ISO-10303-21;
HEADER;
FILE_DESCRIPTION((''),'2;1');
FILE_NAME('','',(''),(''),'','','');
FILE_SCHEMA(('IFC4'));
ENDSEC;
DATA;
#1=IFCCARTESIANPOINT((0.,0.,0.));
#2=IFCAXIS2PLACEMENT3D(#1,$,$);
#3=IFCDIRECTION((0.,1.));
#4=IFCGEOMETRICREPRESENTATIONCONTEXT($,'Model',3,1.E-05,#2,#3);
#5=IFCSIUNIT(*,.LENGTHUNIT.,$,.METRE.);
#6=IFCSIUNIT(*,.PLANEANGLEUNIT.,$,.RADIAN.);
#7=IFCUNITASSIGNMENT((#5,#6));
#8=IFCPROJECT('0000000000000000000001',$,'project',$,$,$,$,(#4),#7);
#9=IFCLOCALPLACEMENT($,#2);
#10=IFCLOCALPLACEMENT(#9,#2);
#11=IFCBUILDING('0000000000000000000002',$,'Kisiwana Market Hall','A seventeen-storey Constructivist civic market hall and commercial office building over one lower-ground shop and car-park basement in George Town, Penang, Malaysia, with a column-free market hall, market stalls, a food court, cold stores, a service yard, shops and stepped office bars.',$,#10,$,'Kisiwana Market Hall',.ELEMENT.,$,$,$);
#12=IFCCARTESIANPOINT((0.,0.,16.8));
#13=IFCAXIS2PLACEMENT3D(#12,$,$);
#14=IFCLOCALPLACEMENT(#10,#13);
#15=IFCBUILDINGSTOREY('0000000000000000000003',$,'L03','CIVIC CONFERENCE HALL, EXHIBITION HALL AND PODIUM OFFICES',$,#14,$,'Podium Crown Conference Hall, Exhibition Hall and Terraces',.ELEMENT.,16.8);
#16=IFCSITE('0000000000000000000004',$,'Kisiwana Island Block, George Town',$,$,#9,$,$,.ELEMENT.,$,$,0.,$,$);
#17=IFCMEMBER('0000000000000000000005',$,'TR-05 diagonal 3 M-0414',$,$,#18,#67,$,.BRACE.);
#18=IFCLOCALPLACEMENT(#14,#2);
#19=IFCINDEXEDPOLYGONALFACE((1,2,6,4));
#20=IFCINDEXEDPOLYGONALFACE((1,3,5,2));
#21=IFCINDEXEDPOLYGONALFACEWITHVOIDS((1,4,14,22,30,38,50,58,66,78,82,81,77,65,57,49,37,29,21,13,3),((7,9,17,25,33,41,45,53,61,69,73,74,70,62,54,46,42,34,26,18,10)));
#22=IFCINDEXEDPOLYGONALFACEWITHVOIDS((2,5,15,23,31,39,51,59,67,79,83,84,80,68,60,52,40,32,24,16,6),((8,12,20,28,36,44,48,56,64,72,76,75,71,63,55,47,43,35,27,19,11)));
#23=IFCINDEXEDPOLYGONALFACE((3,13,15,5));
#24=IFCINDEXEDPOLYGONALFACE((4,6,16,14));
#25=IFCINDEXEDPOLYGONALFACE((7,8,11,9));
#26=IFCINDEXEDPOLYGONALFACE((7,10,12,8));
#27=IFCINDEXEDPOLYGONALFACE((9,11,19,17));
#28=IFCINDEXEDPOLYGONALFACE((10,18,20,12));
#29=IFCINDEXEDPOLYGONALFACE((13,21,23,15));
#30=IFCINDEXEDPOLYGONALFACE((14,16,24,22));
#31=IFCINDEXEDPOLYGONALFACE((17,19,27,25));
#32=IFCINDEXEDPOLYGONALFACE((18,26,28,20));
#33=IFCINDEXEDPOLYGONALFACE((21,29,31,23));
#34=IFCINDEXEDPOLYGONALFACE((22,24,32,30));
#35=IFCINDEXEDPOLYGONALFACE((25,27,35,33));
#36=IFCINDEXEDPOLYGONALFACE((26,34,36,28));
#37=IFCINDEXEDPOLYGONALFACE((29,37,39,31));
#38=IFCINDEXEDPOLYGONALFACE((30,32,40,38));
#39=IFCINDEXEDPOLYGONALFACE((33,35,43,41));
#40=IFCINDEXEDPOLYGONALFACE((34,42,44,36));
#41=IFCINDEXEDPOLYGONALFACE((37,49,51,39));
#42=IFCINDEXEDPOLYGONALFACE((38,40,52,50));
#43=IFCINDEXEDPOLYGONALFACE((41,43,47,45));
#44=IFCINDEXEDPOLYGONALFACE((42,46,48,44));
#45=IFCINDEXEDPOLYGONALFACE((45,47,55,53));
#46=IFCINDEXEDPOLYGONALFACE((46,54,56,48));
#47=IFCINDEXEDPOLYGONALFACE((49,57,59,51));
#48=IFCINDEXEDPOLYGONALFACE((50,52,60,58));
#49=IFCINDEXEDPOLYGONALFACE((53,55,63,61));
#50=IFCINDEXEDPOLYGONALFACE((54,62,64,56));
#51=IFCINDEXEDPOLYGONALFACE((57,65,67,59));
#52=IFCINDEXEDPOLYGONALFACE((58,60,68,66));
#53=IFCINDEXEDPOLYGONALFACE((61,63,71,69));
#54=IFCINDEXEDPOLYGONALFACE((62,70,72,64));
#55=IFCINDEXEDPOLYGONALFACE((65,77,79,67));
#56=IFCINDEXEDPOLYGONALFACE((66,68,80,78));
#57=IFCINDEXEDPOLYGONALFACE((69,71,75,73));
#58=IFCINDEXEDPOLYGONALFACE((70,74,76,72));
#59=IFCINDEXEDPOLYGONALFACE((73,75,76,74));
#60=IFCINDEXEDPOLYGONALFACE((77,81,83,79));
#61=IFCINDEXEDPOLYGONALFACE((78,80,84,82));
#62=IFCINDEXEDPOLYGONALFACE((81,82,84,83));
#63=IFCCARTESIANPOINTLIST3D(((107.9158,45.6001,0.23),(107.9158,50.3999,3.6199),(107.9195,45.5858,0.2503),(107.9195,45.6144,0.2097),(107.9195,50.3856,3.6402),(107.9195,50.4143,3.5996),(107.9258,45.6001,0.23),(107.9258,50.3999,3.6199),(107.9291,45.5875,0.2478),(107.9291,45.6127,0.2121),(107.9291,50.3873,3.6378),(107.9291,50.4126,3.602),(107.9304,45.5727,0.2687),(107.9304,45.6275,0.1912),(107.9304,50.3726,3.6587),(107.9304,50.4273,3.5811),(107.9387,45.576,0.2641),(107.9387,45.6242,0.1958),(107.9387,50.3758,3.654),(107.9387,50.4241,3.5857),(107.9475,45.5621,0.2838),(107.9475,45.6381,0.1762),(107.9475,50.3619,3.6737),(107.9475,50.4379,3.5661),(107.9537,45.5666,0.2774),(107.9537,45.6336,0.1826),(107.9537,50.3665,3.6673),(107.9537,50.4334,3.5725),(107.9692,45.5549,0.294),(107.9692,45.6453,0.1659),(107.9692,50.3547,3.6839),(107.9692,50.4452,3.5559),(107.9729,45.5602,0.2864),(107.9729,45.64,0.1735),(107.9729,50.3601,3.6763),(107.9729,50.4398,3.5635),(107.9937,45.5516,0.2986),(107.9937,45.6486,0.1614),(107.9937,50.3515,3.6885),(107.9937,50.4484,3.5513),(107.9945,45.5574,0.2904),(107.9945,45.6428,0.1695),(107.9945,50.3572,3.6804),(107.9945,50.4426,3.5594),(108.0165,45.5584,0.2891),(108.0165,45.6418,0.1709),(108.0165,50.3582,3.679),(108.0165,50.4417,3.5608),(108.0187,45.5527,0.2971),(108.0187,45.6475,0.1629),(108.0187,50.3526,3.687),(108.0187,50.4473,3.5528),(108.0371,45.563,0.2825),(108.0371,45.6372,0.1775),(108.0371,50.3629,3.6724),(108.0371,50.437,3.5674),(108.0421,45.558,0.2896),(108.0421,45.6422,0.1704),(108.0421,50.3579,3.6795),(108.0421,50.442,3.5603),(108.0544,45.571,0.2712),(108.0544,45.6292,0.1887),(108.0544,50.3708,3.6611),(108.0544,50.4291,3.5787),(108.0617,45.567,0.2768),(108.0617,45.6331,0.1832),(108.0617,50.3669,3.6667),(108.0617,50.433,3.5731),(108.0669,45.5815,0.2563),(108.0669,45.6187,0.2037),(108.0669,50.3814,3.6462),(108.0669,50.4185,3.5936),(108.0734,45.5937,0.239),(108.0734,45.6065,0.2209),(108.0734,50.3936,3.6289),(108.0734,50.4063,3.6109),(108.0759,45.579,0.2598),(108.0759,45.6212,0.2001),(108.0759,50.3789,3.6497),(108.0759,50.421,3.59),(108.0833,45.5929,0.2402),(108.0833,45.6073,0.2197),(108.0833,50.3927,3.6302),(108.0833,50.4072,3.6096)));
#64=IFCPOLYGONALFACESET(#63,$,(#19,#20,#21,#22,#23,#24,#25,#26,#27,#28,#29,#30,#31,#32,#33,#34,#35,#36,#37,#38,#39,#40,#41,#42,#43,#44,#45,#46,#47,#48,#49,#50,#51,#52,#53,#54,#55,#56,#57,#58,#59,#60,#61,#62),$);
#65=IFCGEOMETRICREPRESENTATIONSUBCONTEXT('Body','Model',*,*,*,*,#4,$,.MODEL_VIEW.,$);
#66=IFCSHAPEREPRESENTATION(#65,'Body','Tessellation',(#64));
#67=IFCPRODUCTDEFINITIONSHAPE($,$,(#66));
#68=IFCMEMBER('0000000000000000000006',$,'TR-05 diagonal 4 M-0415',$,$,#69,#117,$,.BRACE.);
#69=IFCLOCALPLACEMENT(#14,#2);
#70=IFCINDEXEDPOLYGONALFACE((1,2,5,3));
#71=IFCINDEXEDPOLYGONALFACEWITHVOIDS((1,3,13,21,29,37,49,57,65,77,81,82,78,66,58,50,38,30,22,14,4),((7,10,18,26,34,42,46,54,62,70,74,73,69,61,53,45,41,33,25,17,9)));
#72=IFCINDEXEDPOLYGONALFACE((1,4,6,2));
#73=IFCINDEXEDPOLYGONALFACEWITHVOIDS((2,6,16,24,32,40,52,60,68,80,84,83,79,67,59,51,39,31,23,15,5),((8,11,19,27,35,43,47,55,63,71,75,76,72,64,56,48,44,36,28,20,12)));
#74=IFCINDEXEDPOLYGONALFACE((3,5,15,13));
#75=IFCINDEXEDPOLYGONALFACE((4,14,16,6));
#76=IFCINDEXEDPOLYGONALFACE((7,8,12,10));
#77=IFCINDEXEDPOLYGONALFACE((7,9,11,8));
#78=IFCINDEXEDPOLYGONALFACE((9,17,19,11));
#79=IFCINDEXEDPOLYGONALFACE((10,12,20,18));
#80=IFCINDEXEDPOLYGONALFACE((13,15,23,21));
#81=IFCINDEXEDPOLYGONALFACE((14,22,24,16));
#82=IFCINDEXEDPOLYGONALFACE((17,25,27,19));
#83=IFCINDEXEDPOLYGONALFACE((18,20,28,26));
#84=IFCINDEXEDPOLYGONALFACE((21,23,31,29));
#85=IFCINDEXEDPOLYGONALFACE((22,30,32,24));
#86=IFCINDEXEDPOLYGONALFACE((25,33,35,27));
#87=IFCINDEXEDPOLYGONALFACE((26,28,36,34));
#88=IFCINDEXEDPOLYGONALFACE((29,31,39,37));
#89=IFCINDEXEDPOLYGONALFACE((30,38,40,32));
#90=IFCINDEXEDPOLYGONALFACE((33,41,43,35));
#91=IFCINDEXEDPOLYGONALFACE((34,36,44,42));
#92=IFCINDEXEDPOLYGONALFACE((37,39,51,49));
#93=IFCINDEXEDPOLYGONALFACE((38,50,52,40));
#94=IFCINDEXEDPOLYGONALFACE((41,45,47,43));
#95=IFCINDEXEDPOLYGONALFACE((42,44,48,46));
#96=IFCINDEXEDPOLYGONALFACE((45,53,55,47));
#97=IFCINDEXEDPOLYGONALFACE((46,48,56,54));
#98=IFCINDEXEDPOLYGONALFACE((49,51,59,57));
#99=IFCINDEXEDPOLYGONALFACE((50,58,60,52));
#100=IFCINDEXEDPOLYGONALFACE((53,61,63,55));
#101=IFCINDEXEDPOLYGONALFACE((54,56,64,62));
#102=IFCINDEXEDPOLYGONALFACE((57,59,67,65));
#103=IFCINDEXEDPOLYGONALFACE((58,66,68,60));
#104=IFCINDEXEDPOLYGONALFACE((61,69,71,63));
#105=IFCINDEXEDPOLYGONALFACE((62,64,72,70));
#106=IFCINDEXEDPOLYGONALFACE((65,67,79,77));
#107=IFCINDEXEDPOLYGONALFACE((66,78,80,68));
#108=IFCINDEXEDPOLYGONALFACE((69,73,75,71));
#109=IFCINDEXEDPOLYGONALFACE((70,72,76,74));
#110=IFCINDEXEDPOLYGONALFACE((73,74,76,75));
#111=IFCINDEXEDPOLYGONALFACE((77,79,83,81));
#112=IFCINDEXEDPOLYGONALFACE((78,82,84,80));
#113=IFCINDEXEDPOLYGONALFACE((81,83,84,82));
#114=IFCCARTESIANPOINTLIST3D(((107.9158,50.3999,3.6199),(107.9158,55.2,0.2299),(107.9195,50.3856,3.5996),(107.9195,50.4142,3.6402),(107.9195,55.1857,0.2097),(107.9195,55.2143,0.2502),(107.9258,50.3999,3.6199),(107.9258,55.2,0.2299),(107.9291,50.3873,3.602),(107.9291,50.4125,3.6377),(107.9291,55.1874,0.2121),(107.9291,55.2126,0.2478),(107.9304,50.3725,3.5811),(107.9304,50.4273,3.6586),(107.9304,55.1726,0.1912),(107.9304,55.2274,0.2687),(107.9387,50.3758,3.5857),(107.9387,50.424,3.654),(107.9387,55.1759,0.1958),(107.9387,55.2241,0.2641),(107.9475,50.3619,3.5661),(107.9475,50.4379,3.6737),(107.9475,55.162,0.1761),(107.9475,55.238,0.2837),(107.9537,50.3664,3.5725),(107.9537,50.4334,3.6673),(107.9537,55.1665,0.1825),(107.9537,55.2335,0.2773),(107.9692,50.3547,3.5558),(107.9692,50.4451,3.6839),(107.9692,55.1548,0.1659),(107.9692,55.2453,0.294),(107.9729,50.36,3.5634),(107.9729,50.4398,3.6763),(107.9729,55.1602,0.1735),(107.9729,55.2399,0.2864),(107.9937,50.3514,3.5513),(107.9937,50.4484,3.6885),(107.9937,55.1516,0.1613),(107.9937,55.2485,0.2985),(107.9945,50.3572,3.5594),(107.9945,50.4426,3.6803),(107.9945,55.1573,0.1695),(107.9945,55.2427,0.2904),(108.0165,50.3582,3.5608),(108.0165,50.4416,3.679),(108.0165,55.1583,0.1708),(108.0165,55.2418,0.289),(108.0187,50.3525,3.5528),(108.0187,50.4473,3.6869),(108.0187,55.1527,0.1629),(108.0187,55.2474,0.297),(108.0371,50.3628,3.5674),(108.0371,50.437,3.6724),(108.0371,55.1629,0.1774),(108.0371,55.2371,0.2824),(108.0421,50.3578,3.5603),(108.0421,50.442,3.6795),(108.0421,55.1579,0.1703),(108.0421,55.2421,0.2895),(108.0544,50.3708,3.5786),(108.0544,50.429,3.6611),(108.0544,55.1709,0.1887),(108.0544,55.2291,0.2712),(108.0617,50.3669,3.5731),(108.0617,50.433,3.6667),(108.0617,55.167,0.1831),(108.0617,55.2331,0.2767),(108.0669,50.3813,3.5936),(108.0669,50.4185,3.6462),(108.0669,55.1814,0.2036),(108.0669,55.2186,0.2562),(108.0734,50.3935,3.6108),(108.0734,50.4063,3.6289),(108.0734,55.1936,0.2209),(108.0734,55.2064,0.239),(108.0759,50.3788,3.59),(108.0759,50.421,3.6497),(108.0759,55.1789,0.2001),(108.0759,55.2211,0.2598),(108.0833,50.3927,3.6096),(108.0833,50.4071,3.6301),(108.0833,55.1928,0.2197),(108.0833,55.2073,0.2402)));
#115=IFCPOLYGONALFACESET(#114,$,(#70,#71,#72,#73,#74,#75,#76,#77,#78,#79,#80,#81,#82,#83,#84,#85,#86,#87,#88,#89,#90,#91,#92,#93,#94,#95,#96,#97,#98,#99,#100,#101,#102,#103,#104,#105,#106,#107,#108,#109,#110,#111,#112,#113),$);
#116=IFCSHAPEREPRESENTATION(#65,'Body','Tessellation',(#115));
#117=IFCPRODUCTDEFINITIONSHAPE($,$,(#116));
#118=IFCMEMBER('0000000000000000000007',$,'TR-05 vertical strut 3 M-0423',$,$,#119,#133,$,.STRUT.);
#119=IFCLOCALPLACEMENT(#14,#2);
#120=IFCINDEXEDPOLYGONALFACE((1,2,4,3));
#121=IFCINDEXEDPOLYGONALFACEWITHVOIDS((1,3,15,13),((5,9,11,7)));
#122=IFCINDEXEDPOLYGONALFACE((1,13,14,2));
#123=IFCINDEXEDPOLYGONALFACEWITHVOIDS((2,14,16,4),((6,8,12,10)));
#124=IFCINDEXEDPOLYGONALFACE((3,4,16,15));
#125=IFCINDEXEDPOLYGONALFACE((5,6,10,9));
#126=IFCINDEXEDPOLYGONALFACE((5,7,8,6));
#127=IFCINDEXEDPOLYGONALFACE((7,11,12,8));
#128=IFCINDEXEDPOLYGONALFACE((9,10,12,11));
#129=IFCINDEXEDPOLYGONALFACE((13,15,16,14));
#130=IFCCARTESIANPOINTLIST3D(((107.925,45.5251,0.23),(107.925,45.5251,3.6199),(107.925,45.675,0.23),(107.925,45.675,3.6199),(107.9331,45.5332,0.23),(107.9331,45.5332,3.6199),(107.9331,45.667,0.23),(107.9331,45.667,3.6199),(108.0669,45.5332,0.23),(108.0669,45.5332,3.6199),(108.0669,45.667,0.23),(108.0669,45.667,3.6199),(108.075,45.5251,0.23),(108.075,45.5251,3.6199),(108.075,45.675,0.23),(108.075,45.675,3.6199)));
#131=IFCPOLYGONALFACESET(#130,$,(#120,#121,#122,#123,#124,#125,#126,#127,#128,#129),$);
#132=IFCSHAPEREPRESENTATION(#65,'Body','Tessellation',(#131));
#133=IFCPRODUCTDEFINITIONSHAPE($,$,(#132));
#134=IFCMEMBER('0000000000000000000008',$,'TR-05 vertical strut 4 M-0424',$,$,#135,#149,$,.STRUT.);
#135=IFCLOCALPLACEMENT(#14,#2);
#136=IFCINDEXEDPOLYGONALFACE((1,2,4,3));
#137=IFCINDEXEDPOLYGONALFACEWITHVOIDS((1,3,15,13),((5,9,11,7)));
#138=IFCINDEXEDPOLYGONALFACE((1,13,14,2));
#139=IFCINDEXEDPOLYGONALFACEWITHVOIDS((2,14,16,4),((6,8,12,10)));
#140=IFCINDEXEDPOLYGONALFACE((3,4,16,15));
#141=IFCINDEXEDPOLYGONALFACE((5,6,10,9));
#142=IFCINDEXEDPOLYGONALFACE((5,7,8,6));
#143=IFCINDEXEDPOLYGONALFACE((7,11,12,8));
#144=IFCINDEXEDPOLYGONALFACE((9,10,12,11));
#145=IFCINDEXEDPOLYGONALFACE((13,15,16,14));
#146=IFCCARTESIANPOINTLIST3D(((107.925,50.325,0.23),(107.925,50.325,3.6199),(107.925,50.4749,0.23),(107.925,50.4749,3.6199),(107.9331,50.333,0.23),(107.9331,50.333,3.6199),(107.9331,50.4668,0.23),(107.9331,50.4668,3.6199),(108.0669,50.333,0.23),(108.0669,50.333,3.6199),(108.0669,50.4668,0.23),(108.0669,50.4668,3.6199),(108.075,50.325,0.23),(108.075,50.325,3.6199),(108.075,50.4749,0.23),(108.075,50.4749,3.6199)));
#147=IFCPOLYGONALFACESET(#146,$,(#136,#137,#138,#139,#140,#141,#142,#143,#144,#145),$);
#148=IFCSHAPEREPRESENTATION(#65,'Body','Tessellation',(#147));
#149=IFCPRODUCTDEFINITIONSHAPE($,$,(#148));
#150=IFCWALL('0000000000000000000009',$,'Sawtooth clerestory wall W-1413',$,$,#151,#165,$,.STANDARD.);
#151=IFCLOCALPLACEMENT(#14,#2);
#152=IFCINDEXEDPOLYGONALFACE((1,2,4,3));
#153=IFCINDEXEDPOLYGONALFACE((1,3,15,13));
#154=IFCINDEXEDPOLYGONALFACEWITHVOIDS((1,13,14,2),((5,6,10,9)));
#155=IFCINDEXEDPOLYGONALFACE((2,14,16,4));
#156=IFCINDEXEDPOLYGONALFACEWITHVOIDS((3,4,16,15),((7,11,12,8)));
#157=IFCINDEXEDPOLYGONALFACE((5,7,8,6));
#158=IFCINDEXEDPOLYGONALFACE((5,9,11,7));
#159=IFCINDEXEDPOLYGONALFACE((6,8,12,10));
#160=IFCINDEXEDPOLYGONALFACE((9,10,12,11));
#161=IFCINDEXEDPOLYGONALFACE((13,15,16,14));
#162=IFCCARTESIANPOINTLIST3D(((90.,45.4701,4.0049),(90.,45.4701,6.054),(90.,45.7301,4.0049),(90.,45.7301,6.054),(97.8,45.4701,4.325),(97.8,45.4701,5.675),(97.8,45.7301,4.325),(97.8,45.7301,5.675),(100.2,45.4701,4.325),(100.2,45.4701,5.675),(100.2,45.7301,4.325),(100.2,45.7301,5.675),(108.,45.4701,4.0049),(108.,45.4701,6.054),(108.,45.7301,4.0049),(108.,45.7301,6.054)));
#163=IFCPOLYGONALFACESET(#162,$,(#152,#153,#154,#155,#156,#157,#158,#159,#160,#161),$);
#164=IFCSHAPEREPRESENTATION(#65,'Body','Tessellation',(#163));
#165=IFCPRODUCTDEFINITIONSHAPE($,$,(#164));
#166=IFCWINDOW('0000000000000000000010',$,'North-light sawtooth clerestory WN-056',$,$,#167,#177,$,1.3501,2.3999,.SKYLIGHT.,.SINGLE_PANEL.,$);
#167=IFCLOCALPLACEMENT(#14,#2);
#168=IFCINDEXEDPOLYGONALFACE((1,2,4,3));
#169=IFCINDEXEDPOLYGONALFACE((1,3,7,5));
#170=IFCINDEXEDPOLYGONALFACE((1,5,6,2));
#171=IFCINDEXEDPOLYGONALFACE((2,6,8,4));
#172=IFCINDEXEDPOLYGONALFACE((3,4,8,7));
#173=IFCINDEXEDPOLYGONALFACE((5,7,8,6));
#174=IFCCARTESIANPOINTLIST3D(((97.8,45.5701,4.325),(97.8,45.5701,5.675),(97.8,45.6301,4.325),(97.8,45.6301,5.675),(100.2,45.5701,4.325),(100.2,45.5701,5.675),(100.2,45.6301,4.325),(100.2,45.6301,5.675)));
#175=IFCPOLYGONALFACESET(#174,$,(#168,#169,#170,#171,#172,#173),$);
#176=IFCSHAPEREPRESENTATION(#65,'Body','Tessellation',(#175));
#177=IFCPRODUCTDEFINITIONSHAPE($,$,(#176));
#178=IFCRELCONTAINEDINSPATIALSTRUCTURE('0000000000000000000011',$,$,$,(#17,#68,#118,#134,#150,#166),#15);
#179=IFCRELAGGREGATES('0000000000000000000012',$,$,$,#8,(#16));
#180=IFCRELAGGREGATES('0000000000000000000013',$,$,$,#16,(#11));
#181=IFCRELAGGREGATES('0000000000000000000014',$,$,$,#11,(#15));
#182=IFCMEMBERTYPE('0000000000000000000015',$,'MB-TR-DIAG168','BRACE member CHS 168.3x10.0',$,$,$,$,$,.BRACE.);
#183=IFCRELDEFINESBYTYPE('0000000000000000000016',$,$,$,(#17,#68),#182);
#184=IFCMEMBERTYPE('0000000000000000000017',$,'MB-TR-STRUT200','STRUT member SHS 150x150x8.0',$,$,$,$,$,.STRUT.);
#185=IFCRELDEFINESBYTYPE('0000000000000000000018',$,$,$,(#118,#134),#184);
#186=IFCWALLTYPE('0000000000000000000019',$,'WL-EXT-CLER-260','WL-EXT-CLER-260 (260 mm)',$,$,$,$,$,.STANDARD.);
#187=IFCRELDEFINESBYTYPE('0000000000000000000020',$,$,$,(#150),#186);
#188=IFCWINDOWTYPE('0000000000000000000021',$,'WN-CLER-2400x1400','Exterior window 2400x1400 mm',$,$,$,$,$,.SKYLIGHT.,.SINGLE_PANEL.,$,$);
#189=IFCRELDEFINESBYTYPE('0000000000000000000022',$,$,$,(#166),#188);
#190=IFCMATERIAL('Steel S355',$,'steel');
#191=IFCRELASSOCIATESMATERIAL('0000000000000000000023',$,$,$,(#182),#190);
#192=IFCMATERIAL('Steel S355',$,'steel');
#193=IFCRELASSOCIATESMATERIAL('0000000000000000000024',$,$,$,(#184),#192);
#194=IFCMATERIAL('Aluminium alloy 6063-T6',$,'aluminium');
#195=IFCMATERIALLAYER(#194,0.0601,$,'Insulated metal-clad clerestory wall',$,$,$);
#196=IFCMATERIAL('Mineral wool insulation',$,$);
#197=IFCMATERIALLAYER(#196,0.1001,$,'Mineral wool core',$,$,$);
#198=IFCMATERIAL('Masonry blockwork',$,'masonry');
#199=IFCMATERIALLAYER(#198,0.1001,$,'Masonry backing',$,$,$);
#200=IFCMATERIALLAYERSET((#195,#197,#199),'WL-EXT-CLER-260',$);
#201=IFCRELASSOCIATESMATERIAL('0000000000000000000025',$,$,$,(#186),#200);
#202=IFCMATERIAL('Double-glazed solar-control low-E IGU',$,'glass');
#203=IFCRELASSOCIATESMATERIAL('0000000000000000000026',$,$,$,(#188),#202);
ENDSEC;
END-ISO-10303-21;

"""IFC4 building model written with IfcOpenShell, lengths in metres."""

from ifc_helpers import new_model, si_unit, direction, frame, frame_2d, origin, origin_2d, place, context, subcontext, project, spatial, rectangle, hollow_rectangle, hollow_circle, extrude, material, layer, layer_set, material_profile, profile_set, type_object, element, fill, save


model = new_model("IFC4")

# Units and contexts
model_context = context("Model", 3, precision=1e-05, world=origin(), true_north=direction((0.0, 1.0)))
body_context = subcontext(model_context, "Body", "Model", "MODEL_VIEW")
ifc_project = project(units=[si_unit("LENGTHUNIT", "METRE"), si_unit("PLANEANGLEUNIT", "RADIAN")], contexts=[model_context])

# Site, building, storey
site_placement = place(None, origin())
site = spatial("IfcSite", under=ifc_project, at=site_placement, Name="Kisiwana Island Block, George Town", CompositionType="ELEMENT", RefElevation=0.0)
building_placement = place(site_placement, origin())
building = spatial("IfcBuilding", under=site, at=building_placement, Name="Kisiwana Market Hall", Description="A seventeen-storey Constructivist civic market hall and commercial office building over one lower-ground shop and car-park basement in George Town, Penang, Malaysia, with a column-free market hall, market stalls, a food court, cold stores, a service yard, shops and stepped office bars.", LongName="Kisiwana Market Hall", CompositionType="ELEMENT")
storey_placement = place(building_placement, frame((0.0, 0.0, 16.8)))
storey = spatial("IfcBuildingStorey", under=building, at=storey_placement, Name="L03", Description="CIVIC CONFERENCE HALL, EXHIBITION HALL AND PODIUM OFFICES", LongName="Podium Crown Conference Hall, Exhibition Hall and Terraces", CompositionType="ELEMENT", Elevation=16.8)

# Members
ifc_material_1 = material(Name="Steel S355", Category="steel")
ifc_material_profile_1 = material_profile(ifc_material_1, hollow_circle(Radius=0.0842, WallThickness=0.01, at=origin_2d()), Name="CHS 168.3x10.0")
ifc_profile_set_1 = profile_set([ifc_material_profile_1], Name="Steel S355")
member_type_1 = type_object("IfcMemberType", Name="MB-TR-DIAG168", Description="BRACE member CHS 168.3x10.0", PredefinedType="BRACE", material=ifc_profile_set_1)
member_1_placement = place(storey_placement, frame((108.0, 45.6001, 0.23), z_axis=(0.0, 0.816824, 0.576887), x_axis=(-1.0, 0.0, 0.0)))
element("IfcMember", 1, at=member_1_placement, inside=storey, type_object=member_type_1, Name="TR-05 diagonal 3 M-0414", PredefinedType="BRACE", context=body_context, shape_type="SweptSolid", body=[
    extrude(hollow_circle(Radius=0.0842, WallThickness=0.01, at=origin_2d()), origin(), (0.0, 0.0, 1.0), 5.8762),
])
member_2_placement = place(storey_placement, frame((108.0, 50.3999, 3.6199), z_axis=(0.0, 0.816838, -0.576868), x_axis=(-1.0, 0.0, 0.0)))
element("IfcMember", 2, at=member_2_placement, inside=storey, type_object=member_type_1, Name="TR-05 diagonal 4 M-0415", PredefinedType="BRACE", context=body_context, shape_type="SweptSolid", body=[
    extrude(hollow_circle(Radius=0.0842, WallThickness=0.01, at=origin_2d()), origin(), (0.0, 0.0, 1.0), 5.8765),
])
ifc_material_2 = material(Name="Steel S355", Category="steel")
ifc_material_profile_2 = material_profile(ifc_material_2, hollow_rectangle(XDim=0.1499, YDim=0.1499, WallThickness=0.0081, at=origin_2d()), Name="SHS 150x150x8.0")
ifc_profile_set_2 = profile_set([ifc_material_profile_2], Name="Steel S355")
member_type_2 = type_object("IfcMemberType", Name="MB-TR-STRUT200", Description="STRUT member SHS 150x150x8.0", PredefinedType="STRUT", material=ifc_profile_set_2)
for number, where, z_axis, x_axis, name in (
    (3, (108.0, 45.6001, 0.23), (0.0, 0.0, 1.0), (1.0, 0.0, 0.0), "TR-05 vertical strut 3 M-0423"),
    (4, (108.0, 50.3999, 0.23), (0.0, 0.0, 1.0), (1.0, 0.0, 0.0), "TR-05 vertical strut 4 M-0424"),
):
    element("IfcMember", number, at=place(storey_placement, frame(where, z_axis=z_axis, x_axis=x_axis)), inside=storey, type_object=member_type_2, Name=name, PredefinedType="STRUT", context=body_context, shape_type="SweptSolid", body=[
        extrude(hollow_rectangle(XDim=0.1499, YDim=0.1499, WallThickness=0.0081, at=origin_2d()), origin(), (0.0, 0.0, 1.0), 3.3899),
    ])

# Wall, opening, window
ifc_material_3 = material(Name="Aluminium alloy 6063-T6", Category="aluminium")
ifc_layer_1 = layer(ifc_material_3, 0.0601, Name="Insulated metal-clad clerestory wall")
ifc_material_4 = material(Name="Mineral wool insulation")
ifc_layer_2 = layer(ifc_material_4, 0.1001, Name="Mineral wool core")
ifc_material_5 = material(Name="Masonry blockwork", Category="masonry")
ifc_layer_3 = layer(ifc_material_5, 0.1001, Name="Masonry backing")
ifc_layer_set = layer_set([ifc_layer_1, ifc_layer_2, ifc_layer_3], Name="WL-EXT-CLER-260")
wall_type = type_object("IfcWallType", Name="WL-EXT-CLER-260", Description="WL-EXT-CLER-260 (260 mm)", PredefinedType="STANDARD", material=ifc_layer_set)
wall_1_placement = place(storey_placement, frame((90.0, 45.6001, 4.0049), z_axis=(0.0, 0.0, 1.0), x_axis=(1.0, 0.0, 0.0)))
wall_1 = element("IfcWall", 5, at=wall_1_placement, inside=storey, type_object=wall_type, Name="Sawtooth clerestory wall W-1413", PredefinedType="STANDARD", context=body_context, shape_type="SweptSolid", body=[
    extrude(rectangle(XDim=18.0, YDim=0.26, at=frame_2d((9.0, 0.0))), origin(), (0.0, 0.0, 1.0), 2.0491),
])
opening_1_placement = place(wall_1_placement, frame((7.8, 0.0, 0.3201)))
opening_1 = element("IfcOpeningElement", 6, at=opening_1_placement, cuts=wall_1, PredefinedType="OPENING", context=body_context, shape_type="SweptSolid", body=[
    extrude(rectangle(XDim=2.3999, YDim=1.3501, at=frame_2d((1.2, 0.675))), frame((0.0, 0.1421, 0.0), z_axis=(0.0, -1.0, 0.0), x_axis=(1.0, 0.0, 0.0)), (0.0, 0.0, 1.0), 0.2839),
])
ifc_material_6 = material(Name="Double-glazed solar-control low-E IGU", Category="glass")
window_type_1 = type_object("IfcWindowType", Name="WN-CLER-2400x1400", Description="Exterior window 2400x1400 mm", PartitioningType="SINGLE_PANEL", PredefinedType="SKYLIGHT", material=ifc_material_6)
window_1_placement = place(opening_1_placement, origin())
window_1 = element("IfcWindow", 7, at=window_1_placement, inside=storey, type_object=window_type_1, Name="North-light sawtooth clerestory WN-056", OverallHeight=1.3501, OverallWidth=2.3999, PartitioningType="SINGLE_PANEL", PredefinedType="SKYLIGHT", context=body_context, shape_type="SweptSolid", body=[
    extrude(rectangle(XDim=2.3999, YDim=1.3501, at=frame_2d((1.2, 0.675))), frame((0.0, 0.03, 0.0), z_axis=(0.0, -1.0, 0.0), x_axis=(1.0, 0.0, 0.0)), (0.0, 0.0, 1.0), 0.0601),
])
fill(opening_1, window_1)

save(model, "model.ifc")
